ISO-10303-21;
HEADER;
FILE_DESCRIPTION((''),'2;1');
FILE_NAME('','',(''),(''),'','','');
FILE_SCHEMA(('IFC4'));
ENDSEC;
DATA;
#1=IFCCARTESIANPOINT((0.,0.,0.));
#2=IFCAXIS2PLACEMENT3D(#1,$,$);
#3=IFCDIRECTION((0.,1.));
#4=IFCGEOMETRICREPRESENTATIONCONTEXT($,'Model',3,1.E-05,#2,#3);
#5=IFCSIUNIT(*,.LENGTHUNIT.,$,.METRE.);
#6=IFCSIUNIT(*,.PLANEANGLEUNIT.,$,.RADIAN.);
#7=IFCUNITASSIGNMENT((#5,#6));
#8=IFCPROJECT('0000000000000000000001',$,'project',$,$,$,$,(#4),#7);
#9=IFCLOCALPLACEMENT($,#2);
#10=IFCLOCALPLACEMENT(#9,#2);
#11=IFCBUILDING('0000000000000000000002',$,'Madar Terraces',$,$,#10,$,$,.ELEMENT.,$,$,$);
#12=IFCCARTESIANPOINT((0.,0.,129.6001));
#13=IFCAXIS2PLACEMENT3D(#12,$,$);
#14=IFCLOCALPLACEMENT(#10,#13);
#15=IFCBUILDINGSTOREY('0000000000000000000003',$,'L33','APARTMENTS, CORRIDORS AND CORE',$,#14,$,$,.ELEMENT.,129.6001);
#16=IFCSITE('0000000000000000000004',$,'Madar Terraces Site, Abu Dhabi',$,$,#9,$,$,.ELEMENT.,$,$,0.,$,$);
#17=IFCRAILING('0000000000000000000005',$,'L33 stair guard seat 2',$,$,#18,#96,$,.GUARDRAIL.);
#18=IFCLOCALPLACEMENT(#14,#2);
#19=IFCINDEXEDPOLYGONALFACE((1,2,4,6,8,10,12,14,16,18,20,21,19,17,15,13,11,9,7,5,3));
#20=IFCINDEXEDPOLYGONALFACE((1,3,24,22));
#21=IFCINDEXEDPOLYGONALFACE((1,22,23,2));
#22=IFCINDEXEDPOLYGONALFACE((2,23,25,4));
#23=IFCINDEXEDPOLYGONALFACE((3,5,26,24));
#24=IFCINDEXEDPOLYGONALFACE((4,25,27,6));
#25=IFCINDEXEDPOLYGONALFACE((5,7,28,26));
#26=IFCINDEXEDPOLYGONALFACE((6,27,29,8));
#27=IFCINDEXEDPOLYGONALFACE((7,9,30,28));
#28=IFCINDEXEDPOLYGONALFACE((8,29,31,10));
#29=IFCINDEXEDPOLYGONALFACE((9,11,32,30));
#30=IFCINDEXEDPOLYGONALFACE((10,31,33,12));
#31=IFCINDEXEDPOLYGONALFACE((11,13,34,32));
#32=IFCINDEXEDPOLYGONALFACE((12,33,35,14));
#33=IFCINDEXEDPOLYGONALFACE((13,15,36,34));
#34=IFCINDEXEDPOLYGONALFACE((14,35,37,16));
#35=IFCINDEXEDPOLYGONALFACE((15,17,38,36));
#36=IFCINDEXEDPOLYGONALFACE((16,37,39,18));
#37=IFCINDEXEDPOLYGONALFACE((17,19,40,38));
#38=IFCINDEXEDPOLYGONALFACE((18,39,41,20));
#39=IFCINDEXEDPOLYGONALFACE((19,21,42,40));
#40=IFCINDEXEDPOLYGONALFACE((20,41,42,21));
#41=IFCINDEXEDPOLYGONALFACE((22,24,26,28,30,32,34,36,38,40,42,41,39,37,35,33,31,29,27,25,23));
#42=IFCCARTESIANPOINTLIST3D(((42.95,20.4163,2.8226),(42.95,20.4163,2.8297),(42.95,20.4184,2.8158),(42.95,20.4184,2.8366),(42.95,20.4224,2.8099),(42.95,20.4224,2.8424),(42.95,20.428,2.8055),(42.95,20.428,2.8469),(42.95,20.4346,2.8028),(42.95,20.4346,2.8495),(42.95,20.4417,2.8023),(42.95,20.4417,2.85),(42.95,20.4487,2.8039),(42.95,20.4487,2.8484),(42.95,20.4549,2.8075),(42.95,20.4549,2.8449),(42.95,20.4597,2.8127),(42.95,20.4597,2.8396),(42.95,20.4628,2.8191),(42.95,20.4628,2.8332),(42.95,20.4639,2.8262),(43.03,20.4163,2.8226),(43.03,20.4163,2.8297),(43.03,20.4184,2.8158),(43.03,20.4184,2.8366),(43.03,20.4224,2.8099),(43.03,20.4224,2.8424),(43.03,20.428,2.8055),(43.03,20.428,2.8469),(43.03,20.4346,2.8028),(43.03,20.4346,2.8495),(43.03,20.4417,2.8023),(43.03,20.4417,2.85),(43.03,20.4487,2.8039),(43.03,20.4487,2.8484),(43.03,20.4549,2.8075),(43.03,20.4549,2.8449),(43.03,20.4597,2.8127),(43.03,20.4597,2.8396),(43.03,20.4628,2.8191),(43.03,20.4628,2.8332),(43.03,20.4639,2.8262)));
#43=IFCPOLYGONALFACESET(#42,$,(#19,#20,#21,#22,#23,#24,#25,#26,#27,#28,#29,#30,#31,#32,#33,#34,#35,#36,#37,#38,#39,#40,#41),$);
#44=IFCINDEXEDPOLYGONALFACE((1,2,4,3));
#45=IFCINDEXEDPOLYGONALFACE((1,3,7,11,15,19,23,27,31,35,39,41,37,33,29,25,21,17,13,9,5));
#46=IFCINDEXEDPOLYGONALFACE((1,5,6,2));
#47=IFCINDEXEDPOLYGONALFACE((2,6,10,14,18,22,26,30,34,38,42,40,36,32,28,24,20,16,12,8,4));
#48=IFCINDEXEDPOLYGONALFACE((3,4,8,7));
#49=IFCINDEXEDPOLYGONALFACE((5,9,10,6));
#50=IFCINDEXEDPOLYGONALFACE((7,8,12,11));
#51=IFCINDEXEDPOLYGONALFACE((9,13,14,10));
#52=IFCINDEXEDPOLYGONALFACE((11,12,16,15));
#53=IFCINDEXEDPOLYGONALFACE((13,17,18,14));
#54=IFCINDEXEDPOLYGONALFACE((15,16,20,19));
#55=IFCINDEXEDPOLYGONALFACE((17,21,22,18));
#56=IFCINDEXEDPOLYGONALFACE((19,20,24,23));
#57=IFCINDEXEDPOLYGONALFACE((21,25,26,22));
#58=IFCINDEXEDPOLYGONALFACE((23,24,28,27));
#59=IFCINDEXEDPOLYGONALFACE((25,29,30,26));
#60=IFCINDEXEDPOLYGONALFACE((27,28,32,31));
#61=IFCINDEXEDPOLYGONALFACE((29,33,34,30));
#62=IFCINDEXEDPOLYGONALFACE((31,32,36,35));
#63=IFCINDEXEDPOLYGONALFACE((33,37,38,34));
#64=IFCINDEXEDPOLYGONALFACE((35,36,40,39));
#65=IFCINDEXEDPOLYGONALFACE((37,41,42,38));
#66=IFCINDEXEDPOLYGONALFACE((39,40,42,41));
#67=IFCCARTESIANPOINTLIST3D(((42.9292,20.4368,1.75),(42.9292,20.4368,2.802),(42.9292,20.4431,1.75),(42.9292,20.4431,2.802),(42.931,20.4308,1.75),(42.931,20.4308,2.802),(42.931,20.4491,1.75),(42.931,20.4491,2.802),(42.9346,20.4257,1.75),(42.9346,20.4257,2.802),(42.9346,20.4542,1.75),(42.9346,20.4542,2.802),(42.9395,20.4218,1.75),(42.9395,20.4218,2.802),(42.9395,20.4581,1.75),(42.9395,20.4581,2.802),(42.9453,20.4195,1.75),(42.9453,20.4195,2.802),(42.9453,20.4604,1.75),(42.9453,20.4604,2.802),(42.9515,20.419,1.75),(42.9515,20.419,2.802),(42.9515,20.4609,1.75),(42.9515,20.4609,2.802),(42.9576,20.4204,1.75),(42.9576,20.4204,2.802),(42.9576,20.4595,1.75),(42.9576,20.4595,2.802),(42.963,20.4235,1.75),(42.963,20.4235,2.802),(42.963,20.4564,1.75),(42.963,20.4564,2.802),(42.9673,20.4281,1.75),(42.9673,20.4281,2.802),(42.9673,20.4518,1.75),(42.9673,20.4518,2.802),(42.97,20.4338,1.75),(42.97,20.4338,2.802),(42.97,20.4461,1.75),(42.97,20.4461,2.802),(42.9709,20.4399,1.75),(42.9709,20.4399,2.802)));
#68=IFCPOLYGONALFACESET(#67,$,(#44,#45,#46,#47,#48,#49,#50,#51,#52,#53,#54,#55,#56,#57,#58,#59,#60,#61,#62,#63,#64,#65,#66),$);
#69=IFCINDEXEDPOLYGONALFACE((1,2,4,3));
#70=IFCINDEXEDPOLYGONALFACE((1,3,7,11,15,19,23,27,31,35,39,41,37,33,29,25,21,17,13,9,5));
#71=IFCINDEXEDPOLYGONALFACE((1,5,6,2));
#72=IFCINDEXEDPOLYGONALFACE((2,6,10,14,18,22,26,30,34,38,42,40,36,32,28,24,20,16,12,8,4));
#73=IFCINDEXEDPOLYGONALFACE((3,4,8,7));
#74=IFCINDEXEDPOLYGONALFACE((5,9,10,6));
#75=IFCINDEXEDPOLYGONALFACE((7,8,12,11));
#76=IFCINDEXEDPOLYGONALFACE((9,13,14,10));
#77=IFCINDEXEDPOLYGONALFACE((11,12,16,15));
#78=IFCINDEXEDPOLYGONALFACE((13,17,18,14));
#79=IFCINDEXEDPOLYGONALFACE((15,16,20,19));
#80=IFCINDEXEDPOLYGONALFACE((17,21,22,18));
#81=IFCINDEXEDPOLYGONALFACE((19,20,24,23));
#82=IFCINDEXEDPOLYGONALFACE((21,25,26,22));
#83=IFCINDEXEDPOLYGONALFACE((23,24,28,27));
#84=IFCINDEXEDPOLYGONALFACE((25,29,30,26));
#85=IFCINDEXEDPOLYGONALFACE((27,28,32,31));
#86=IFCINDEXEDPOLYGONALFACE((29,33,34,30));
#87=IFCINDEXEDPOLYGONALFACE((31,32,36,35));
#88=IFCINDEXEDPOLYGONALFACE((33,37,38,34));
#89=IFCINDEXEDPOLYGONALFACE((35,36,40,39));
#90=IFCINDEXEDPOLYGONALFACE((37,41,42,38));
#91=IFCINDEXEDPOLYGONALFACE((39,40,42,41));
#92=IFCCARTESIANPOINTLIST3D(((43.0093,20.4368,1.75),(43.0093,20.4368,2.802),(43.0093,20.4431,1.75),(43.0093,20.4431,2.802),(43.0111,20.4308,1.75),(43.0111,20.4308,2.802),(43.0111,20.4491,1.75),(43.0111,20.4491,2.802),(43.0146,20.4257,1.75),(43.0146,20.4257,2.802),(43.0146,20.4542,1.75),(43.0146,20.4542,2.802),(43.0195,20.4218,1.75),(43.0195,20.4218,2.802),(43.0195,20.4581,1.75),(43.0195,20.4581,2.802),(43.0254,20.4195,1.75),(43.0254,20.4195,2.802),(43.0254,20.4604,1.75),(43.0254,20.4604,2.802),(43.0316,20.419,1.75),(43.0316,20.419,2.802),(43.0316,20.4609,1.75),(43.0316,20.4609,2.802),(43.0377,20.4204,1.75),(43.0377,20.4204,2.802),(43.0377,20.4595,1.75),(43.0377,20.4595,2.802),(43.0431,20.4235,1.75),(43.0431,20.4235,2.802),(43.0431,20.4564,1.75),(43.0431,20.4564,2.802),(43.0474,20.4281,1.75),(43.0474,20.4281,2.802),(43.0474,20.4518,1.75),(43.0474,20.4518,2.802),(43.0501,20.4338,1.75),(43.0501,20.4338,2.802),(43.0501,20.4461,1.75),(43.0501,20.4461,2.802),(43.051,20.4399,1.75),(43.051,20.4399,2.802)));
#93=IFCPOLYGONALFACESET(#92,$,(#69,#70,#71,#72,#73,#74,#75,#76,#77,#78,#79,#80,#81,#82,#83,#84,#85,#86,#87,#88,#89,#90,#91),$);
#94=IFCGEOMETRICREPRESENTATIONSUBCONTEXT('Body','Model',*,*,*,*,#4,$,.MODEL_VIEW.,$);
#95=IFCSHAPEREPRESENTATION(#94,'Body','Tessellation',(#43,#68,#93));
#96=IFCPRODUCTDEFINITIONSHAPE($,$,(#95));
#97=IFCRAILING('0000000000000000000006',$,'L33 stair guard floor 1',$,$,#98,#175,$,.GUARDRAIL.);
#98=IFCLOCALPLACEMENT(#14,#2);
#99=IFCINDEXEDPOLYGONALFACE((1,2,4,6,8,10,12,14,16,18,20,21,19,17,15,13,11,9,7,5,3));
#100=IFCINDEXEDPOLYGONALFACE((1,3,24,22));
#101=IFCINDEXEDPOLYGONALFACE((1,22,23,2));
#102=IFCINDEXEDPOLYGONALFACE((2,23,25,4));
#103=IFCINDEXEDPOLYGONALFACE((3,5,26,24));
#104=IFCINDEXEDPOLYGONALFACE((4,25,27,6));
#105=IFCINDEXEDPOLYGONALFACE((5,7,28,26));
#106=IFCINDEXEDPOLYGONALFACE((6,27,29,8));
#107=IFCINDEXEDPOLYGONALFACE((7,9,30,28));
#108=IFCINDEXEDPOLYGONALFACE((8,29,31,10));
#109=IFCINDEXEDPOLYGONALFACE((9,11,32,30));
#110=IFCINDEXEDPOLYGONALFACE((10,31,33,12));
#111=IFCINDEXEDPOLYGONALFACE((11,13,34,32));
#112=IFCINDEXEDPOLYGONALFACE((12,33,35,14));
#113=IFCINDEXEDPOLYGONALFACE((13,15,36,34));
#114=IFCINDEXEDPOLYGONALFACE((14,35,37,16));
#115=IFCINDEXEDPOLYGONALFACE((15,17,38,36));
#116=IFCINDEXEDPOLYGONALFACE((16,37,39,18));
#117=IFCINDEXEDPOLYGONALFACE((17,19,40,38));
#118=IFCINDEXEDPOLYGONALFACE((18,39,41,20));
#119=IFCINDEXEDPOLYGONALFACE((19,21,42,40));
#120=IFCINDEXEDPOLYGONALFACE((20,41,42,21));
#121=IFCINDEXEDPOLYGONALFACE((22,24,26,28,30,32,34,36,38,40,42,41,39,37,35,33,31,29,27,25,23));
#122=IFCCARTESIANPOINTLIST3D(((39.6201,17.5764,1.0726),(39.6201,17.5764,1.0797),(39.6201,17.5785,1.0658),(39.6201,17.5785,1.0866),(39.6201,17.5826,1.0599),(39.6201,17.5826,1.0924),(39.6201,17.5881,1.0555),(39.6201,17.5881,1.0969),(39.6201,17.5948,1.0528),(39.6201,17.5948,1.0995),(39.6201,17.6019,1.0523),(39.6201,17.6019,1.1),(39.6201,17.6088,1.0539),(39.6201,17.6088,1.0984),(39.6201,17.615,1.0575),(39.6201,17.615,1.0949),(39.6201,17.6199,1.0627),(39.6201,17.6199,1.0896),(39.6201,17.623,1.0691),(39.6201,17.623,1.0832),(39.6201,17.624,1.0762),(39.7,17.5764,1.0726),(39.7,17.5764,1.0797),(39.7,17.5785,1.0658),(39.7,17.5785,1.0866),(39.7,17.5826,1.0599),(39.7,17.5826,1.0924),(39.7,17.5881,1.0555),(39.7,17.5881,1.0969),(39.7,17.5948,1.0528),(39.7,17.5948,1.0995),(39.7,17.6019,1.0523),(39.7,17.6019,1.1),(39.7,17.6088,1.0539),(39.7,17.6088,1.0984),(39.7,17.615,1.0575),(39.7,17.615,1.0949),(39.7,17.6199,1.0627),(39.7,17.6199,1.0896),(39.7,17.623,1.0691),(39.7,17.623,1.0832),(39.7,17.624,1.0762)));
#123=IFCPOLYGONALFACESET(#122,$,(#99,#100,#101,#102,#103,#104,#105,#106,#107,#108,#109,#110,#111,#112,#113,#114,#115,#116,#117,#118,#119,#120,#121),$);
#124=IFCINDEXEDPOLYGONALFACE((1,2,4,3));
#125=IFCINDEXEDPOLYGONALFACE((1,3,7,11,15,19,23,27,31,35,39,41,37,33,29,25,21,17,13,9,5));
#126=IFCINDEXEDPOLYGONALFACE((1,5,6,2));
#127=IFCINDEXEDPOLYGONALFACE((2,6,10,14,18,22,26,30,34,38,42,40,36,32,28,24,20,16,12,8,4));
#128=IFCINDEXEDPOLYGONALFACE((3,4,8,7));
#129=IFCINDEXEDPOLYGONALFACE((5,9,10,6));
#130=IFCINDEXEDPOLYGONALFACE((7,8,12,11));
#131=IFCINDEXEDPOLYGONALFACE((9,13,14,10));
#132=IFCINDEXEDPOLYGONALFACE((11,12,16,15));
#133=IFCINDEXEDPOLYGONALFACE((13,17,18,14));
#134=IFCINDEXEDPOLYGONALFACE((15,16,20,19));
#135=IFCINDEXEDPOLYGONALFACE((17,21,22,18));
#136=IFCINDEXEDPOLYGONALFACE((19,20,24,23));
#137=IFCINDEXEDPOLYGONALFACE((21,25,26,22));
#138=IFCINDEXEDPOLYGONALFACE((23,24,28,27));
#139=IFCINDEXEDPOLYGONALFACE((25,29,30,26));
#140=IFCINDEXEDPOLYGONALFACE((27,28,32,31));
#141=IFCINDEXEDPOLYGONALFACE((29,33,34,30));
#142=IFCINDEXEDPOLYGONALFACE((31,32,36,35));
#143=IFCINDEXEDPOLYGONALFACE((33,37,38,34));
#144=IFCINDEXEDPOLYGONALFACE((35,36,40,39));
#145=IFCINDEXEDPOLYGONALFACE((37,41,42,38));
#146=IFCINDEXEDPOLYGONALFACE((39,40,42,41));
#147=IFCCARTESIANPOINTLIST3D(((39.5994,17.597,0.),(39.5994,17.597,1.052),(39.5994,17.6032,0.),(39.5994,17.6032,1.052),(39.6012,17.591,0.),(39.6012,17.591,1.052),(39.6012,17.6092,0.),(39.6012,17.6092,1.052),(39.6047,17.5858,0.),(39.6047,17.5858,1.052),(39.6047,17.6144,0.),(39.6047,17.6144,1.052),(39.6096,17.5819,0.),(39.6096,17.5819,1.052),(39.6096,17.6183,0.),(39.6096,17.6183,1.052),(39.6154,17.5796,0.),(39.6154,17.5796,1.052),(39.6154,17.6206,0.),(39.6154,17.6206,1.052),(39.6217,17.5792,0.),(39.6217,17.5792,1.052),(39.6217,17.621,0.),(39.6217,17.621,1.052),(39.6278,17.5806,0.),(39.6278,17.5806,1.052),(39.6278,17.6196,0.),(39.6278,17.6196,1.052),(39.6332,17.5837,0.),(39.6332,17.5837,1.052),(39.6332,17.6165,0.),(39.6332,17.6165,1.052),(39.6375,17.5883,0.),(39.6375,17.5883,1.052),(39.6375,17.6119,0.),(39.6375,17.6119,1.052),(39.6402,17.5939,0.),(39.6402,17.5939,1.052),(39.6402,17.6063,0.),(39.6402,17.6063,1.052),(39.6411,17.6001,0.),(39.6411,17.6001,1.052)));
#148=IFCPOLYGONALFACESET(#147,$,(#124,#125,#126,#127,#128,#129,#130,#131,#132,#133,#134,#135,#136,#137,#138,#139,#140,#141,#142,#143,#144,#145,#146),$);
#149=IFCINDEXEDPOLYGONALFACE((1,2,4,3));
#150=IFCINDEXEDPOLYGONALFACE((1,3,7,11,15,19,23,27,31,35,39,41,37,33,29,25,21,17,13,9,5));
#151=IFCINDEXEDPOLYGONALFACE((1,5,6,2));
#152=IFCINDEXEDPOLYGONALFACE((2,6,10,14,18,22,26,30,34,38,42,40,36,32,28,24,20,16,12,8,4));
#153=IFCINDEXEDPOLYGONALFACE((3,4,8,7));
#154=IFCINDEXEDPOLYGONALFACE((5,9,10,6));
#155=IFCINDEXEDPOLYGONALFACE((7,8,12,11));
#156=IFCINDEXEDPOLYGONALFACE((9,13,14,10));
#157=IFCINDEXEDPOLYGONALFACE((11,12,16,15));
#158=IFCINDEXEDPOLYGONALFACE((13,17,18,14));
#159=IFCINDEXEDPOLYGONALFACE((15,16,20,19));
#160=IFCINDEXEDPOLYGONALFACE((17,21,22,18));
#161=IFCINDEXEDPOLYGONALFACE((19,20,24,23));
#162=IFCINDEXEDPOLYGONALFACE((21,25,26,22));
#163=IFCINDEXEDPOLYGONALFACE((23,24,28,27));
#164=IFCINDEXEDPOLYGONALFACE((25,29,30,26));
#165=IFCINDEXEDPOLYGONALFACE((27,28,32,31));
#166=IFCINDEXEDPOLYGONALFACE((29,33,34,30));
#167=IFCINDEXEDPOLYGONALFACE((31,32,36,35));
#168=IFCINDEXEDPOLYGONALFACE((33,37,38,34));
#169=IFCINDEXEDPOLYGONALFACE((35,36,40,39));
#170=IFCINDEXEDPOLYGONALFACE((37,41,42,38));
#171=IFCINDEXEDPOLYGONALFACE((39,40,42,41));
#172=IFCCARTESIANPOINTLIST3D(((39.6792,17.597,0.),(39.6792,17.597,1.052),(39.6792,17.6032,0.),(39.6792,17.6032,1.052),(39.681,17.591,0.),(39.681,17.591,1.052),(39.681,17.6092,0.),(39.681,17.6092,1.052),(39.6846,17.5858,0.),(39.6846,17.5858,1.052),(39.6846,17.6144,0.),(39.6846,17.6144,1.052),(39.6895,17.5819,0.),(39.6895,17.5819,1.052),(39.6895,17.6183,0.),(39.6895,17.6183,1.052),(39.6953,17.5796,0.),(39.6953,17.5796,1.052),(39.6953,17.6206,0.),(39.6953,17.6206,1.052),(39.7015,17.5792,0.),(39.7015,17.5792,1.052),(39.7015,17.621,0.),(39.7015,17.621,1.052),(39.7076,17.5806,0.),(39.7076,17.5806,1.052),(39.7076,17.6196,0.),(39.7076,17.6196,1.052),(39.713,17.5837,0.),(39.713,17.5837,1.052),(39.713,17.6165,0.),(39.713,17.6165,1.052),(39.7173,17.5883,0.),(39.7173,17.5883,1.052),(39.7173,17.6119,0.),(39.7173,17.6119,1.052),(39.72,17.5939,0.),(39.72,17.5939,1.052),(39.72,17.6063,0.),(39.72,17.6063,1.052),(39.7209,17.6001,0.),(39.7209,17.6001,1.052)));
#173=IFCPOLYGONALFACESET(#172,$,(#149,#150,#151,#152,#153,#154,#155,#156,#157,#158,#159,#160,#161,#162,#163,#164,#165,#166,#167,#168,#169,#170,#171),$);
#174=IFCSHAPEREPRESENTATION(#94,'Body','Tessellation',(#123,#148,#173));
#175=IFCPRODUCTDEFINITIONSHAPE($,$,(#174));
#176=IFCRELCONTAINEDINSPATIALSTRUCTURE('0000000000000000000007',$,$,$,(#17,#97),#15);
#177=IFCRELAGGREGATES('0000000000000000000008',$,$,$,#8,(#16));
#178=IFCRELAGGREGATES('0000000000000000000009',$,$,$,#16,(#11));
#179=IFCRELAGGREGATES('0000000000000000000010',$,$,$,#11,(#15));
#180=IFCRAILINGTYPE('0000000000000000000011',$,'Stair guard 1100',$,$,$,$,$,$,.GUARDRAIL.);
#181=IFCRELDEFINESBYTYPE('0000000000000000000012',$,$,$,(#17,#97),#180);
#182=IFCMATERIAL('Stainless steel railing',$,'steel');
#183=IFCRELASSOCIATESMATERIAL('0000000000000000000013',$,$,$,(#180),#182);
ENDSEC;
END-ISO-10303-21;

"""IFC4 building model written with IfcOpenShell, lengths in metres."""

from ifc_helpers import new_model, si_unit, direction, frame, origin, origin_2d, place, context, subcontext, project, spatial, circle, extrude, material, type_object, element, save


model = new_model("IFC4")

# Units and contexts
model_context = context("Model", 3, precision=1e-05, world=origin(), true_north=direction((0.0, 1.0)))
body_context = subcontext(model_context, "Body", "Model", "MODEL_VIEW")
ifc_project = project(units=[si_unit("LENGTHUNIT", "METRE"), si_unit("PLANEANGLEUNIT", "RADIAN")], contexts=[model_context])

# Site, building, storey
site_placement = place(None, origin())
site = spatial("IfcSite", under=ifc_project, at=site_placement, Name="Madar Terraces Site, Abu Dhabi", CompositionType="ELEMENT", RefElevation=0.0)
building_placement = place(site_placement, origin())
building = spatial("IfcBuilding", under=site, at=building_placement, Name="Madar Terraces", CompositionType="ELEMENT")
storey_placement = place(building_placement, frame((0.0, 0.0, 129.6001)))
storey = spatial("IfcBuildingStorey", under=building, at=storey_placement, Name="L33", Description="APARTMENTS, CORRIDORS AND CORE", CompositionType="ELEMENT", Elevation=129.6001)

# Railings
ifc_material_1 = material(Name="Stainless steel railing", Category="steel")
railing_type_1 = type_object("IfcRailingType", Name="Stair guard 1100", PredefinedType="GUARDRAIL", material=ifc_material_1)
railing_1_placement = place(storey_placement, frame((42.95, 20.4399, 1.75)))
element("IfcRailing", 1, at=railing_1_placement, inside=storey, type_object=railing_type_1, Name="L33 stair guard seat 2", PredefinedType="GUARDRAIL", context=body_context, shape_type="SweptSolid", body=[
    extrude(circle(Radius=0.0239, at=origin_2d()), frame((0.0, 0.0, 1.0762), z_axis=(1.0, 0.0, 0.0), x_axis=(0.0, 1.0, 0.0)), (0.0, 0.0, 1.0), 0.0801),
    extrude(circle(Radius=0.021, at=origin_2d()), origin(), (0.0, 0.0, 1.0), 1.052),
    extrude(circle(Radius=0.021, at=origin_2d()), frame((0.0801, 0.0, 0.0)), (0.0, 0.0, 1.0), 1.052),
])
railing_2_placement = place(storey_placement, frame((39.6201, 17.6001, 0.0)))
element("IfcRailing", 2, at=railing_2_placement, inside=storey, type_object=railing_type_1, Name="L33 stair guard floor 1", PredefinedType="GUARDRAIL", context=body_context, shape_type="SweptSolid", body=[
    extrude(circle(Radius=0.0239, at=origin_2d()), frame((0.0, 0.0, 1.0762), z_axis=(1.0, 0.0, 0.0), x_axis=(0.0, 1.0, 0.0)), (0.0, 0.0, 1.0), 0.0798),
    extrude(circle(Radius=0.021, at=origin_2d()), origin(), (0.0, 0.0, 1.0), 1.052),
    extrude(circle(Radius=0.021, at=origin_2d()), frame((0.0798, 0.0, 0.0)), (0.0, 0.0, 1.0), 1.052),
])

save(model, "model.ifc")
